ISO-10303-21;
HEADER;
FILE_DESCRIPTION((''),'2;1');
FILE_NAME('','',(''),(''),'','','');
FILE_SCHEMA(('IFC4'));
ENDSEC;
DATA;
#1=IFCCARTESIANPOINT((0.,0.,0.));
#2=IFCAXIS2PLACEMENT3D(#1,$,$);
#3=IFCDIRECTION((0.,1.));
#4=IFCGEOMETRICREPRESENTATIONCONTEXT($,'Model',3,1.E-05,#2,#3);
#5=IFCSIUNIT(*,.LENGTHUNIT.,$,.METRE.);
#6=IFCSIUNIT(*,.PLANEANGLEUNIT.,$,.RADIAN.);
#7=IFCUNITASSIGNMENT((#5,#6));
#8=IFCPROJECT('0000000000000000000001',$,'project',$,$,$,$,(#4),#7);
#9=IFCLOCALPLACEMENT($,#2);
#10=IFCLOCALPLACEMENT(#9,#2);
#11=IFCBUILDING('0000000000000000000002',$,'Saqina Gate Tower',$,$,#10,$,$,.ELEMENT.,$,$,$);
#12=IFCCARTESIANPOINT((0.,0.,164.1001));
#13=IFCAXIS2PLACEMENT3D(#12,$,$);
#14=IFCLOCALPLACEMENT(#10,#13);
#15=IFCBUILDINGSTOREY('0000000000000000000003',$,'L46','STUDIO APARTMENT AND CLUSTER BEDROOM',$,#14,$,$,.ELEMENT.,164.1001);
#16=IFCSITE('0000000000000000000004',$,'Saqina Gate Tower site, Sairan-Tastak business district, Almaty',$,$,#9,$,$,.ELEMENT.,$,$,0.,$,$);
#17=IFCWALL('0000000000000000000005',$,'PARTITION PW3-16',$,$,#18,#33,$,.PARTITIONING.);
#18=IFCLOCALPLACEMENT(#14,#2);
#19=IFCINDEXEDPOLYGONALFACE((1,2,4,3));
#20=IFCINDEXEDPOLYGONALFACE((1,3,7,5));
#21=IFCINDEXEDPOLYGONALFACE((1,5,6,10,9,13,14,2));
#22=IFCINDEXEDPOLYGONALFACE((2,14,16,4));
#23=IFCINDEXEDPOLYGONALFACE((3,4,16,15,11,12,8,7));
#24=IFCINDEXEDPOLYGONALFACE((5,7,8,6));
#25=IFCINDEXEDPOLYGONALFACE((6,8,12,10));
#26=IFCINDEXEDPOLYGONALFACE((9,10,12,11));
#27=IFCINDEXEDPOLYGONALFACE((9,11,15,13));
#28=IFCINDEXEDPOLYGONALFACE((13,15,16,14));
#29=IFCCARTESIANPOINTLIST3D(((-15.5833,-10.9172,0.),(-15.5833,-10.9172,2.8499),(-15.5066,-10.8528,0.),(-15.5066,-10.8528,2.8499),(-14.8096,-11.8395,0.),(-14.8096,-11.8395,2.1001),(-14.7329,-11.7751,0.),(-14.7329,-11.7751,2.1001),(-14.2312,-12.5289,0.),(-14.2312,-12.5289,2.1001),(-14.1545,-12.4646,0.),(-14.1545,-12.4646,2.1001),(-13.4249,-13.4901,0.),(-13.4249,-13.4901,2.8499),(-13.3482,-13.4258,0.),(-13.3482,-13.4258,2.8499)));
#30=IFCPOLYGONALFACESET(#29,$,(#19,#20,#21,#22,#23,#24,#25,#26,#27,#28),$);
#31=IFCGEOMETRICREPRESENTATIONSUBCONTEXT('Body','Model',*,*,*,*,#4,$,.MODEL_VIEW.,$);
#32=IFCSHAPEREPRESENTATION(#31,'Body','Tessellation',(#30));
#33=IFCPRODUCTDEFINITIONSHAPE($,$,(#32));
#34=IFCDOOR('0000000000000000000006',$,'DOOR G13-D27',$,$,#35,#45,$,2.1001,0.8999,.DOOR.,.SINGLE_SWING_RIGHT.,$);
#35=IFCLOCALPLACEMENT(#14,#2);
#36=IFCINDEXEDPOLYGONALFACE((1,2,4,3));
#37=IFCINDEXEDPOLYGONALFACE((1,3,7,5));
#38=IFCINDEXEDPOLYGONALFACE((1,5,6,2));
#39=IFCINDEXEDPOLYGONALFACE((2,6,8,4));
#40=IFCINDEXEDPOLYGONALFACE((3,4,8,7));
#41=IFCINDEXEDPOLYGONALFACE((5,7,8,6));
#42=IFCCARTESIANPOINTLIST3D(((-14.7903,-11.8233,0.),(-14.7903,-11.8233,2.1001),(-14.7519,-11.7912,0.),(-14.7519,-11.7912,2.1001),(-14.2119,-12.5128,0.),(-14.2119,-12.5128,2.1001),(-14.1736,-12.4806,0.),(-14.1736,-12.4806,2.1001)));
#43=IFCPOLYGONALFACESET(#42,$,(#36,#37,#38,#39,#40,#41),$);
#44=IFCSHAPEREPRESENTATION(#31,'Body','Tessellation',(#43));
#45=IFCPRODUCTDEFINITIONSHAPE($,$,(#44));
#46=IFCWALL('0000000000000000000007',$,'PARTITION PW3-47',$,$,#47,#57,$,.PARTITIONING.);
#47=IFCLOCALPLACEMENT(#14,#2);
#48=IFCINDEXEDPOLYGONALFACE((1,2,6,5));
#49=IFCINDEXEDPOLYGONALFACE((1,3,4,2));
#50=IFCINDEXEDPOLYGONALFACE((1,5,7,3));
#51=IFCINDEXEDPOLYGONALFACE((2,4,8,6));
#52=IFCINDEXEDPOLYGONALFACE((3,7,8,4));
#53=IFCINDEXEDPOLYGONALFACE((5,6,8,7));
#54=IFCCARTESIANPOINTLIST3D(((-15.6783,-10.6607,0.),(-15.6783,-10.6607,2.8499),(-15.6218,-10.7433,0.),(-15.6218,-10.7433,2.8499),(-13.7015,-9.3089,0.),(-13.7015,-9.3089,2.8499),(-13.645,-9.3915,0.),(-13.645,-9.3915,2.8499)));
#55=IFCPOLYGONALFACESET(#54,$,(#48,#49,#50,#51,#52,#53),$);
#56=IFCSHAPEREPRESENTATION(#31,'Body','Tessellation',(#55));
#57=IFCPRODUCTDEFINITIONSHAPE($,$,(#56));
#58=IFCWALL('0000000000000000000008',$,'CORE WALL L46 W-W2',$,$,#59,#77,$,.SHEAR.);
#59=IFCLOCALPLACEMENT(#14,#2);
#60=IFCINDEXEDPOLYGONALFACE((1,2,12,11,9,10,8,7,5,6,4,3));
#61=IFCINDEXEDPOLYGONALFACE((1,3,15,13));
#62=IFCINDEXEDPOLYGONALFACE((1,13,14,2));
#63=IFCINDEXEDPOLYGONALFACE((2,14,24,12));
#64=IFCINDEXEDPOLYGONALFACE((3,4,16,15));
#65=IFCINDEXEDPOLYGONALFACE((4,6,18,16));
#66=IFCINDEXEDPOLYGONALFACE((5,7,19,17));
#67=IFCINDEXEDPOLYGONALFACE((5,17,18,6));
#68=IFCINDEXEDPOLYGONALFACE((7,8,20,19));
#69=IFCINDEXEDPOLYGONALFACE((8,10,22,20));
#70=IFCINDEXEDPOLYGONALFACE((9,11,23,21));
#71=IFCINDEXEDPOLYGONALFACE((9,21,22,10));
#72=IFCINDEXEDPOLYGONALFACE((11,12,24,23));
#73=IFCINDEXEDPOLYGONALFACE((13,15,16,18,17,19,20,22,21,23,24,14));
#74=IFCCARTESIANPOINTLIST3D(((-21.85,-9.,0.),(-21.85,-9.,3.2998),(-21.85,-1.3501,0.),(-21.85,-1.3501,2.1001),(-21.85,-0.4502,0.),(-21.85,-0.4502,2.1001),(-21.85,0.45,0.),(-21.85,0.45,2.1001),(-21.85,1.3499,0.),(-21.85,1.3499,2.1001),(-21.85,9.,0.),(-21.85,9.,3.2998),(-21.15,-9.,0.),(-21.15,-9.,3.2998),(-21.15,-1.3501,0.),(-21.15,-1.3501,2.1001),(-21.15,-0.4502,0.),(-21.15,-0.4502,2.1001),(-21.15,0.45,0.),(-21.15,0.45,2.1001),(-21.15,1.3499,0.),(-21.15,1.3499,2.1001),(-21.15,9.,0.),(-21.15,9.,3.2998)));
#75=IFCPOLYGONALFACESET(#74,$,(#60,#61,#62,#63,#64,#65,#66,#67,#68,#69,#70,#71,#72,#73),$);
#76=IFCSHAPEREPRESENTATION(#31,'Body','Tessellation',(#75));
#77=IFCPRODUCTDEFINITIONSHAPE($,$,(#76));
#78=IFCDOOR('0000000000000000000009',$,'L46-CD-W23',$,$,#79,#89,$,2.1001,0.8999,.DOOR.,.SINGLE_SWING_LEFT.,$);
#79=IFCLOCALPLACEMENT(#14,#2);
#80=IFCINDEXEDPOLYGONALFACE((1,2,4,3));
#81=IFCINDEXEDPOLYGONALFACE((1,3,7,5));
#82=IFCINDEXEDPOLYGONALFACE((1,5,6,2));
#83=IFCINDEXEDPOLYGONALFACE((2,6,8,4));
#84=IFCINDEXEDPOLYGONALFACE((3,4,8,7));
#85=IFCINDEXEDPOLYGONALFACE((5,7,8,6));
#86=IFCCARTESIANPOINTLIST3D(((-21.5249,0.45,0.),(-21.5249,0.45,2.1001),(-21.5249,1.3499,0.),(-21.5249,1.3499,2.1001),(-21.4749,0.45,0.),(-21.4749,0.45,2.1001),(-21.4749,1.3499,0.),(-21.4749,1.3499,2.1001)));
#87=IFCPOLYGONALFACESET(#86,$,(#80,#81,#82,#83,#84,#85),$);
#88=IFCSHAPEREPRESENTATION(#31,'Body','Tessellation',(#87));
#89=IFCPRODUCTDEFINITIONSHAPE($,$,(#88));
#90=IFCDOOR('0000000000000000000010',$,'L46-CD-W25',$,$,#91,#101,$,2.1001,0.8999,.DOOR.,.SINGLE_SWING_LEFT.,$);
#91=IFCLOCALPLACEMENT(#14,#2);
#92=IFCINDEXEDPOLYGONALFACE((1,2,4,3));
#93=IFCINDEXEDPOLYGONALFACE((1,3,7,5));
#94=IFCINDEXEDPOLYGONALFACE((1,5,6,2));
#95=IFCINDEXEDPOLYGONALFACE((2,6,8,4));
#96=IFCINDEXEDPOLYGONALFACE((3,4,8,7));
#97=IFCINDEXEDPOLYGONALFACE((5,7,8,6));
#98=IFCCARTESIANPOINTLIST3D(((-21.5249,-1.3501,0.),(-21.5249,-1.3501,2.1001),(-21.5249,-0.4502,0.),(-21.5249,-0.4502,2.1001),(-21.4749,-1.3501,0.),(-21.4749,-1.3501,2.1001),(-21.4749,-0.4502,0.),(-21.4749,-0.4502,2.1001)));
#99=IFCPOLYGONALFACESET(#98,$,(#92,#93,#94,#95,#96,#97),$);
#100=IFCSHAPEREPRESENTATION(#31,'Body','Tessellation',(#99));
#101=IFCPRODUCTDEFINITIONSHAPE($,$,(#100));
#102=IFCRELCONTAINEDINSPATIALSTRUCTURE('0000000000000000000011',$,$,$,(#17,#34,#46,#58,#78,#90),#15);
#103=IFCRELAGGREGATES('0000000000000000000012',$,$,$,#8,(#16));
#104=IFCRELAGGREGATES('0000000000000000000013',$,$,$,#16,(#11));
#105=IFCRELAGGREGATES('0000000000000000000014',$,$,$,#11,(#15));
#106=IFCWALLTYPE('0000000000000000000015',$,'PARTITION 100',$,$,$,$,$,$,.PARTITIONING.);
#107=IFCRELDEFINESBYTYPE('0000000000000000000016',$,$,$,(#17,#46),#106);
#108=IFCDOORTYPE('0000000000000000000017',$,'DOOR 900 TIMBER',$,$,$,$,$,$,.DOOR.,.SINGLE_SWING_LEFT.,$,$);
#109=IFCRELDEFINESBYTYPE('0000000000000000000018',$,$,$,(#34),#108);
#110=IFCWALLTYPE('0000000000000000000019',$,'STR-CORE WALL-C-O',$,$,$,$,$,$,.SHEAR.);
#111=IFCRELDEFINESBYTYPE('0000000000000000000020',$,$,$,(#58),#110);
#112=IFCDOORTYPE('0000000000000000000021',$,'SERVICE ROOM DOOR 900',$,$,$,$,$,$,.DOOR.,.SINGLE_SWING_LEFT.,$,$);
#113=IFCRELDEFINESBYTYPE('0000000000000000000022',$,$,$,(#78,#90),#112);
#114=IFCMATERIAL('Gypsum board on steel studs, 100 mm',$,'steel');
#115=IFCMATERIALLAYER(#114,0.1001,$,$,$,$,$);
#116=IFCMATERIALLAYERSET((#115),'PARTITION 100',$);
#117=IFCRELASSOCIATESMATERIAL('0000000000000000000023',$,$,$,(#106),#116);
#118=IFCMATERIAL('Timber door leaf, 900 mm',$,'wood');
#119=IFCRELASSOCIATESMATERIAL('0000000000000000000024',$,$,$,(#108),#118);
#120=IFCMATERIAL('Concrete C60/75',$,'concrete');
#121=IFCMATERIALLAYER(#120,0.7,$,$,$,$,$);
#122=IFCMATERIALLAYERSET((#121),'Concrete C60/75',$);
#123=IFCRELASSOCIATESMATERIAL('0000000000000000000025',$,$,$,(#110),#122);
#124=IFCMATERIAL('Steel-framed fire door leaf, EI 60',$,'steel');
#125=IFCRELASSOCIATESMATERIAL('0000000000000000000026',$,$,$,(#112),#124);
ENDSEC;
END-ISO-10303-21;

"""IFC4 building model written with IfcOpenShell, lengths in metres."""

from ifc_helpers import new_model, si_unit, direction, frame, frame_2d, origin, place, context, subcontext, project, spatial, rectangle, extrude, material, layer, layer_set, type_object, element, fill, save


model = new_model("IFC4")

# Units and contexts
model_context = context("Model", 3, precision=1e-05, world=origin(), true_north=direction((0.0, 1.0)))
body_context = subcontext(model_context, "Body", "Model", "MODEL_VIEW")
ifc_project = project(units=[si_unit("LENGTHUNIT", "METRE"), si_unit("PLANEANGLEUNIT", "RADIAN")], contexts=[model_context])

# Site, building, storey
site_placement = place(None, origin())
site = spatial("IfcSite", under=ifc_project, at=site_placement, Name="Saqina Gate Tower site, Sairan-Tastak business district, Almaty", CompositionType="ELEMENT", RefElevation=0.0)
building_placement = place(site_placement, origin())
building = spatial("IfcBuilding", under=site, at=building_placement, Name="Saqina Gate Tower", CompositionType="ELEMENT")
storey_placement = place(building_placement, frame((0.0, 0.0, 164.1001)))
storey = spatial("IfcBuildingStorey", under=building, at=storey_placement, Name="L46", Description="STUDIO APARTMENT AND CLUSTER BEDROOM", CompositionType="ELEMENT", Elevation=164.1001)

# Wall, opening, door
ifc_material_1 = material(Name="Gypsum board on steel studs, 100 mm", Category="steel")
ifc_layer_1 = layer(ifc_material_1, 0.1001)
ifc_layer_set_1 = layer_set([ifc_layer_1], Name="PARTITION 100")
wall_type_1 = type_object("IfcWallType", Name="PARTITION 100", PredefinedType="PARTITIONING", material=ifc_layer_set_1)
wall_1_placement = place(storey_placement, frame((-15.5449, -10.885, 0.0), z_axis=(0.0, 0.0, 1.0), x_axis=(0.642691, -0.766126, 0.0)))
wall_1 = element("IfcWall", 1, at=wall_1_placement, inside=storey, type_object=wall_type_1, Name="PARTITION PW3-16", PredefinedType="PARTITIONING", context=body_context, shape_type="SweptSolid", body=[
    extrude(rectangle(XDim=3.3584, YDim=0.1001, at=frame_2d((1.6792, 0.0))), origin(), (0.0, 0.0, 1.0), 2.8499),
])
opening_1_placement = place(wall_1_placement, frame((1.2039, 0.0, 0.0)))
opening_1 = element("IfcOpeningElement", 2, at=opening_1_placement, cuts=wall_1, PredefinedType="OPENING", context=body_context, shape_type="SweptSolid", body=[
    extrude(rectangle(XDim=0.8999, YDim=2.1001, at=frame_2d((0.45, 1.05))), frame((0.0, 0.062, 0.0), z_axis=(0.0, -1.0, 0.0), x_axis=(1.0, 0.0, 0.0)), (0.0, 0.0, 1.0), 0.124),
])
ifc_material_2 = material(Name="Timber door leaf, 900 mm", Category="wood")
door_type_1 = type_object("IfcDoorType", Name="DOOR 900 TIMBER", OperationType="SINGLE_SWING_LEFT", PredefinedType="DOOR", material=ifc_material_2)
door_1_placement = place(opening_1_placement, frame((0.8999, 0.0, 0.0), z_axis=(0.0, 0.0, 1.0), x_axis=(-1.0, 0.0, 0.0)))
door_1 = element("IfcDoor", 3, at=door_1_placement, inside=storey, type_object=door_type_1, Name="DOOR G13-D27", OperationType="SINGLE_SWING_RIGHT", OverallHeight=2.1001, OverallWidth=0.8999, PredefinedType="DOOR", context=body_context, shape_type="SweptSolid", body=[
    extrude(rectangle(XDim=0.8999, YDim=2.1001, at=frame_2d((0.45, 1.05))), frame((0.0, 0.0249, 0.0), z_axis=(0.0, -1.0, 0.0), x_axis=(1.0, 0.0, 0.0)), (0.0, 0.0, 1.0), 0.05),
])
fill(opening_1, door_1)

# Wall
wall_2_placement = place(storey_placement, frame((-15.6499, -10.7019, 0.0), z_axis=(0.0, 0.0, 1.0), x_axis=(0.825452, 0.564472, 0.0)))
element("IfcWall", 4, at=wall_2_placement, inside=storey, type_object=wall_type_1, Name="PARTITION PW3-47", PredefinedType="PARTITIONING", context=body_context, shape_type="SweptSolid", body=[
    extrude(rectangle(XDim=2.3948, YDim=0.1001, at=frame_2d((1.1973, 0.0))), origin(), (0.0, 0.0, 1.0), 2.8499),
])

# Wall, openings, doors
ifc_material_3 = material(Name="Concrete C60/75", Category="concrete")
ifc_layer_2 = layer(ifc_material_3, 0.7)
ifc_layer_set_2 = layer_set([ifc_layer_2], Name="Concrete C60/75")
wall_type_2 = type_object("IfcWallType", Name="STR-CORE WALL-C-O", PredefinedType="SHEAR", material=ifc_layer_set_2)
wall_3_placement = place(storey_placement, frame((-21.5, -9.0, 0.0), z_axis=(0.0, 0.0, 1.0), x_axis=(0.0, 1.0, 0.0)))
wall_3 = element("IfcWall", 5, at=wall_3_placement, inside=storey, type_object=wall_type_2, Name="CORE WALL L46 W-W2", PredefinedType="SHEAR", context=body_context, shape_type="SweptSolid", body=[
    extrude(rectangle(XDim=18.0, YDim=0.7, at=frame_2d((9.0, 0.0))), origin(), (0.0, 0.0, 1.0), 3.2998),
])
opening_2_placement = place(wall_3_placement, frame((9.45, 0.0, 0.0)))
opening_2 = element("IfcOpeningElement", 6, at=opening_2_placement, cuts=wall_3, PredefinedType="OPENING", context=body_context, shape_type="SweptSolid", body=[
    extrude(rectangle(XDim=0.8999, YDim=2.1001, at=frame_2d((0.45, 1.05))), frame((0.0, 0.3621, 0.0), z_axis=(0.0, -1.0, 0.0), x_axis=(1.0, 0.0, 0.0)), (0.0, 0.0, 1.0), 0.7239),
])
opening_3_placement = place(wall_3_placement, frame((7.6499, 0.0, 0.0)))
opening_3 = element("IfcOpeningElement", 7, at=opening_3_placement, cuts=wall_3, PredefinedType="OPENING", context=body_context, shape_type="SweptSolid", body=[
    extrude(rectangle(XDim=0.8999, YDim=2.1001, at=frame_2d((0.45, 1.05))), frame((0.0, 0.3621, 0.0), z_axis=(0.0, -1.0, 0.0), x_axis=(1.0, 0.0, 0.0)), (0.0, 0.0, 1.0), 0.7239),
])
ifc_material_4 = material(Name="Steel-framed fire door leaf, EI 60", Category="steel")
door_type_2 = type_object("IfcDoorType", Name="SERVICE ROOM DOOR 900", OperationType="SINGLE_SWING_LEFT", PredefinedType="DOOR", material=ifc_material_4)
door_2_placement = place(opening_2_placement, origin())
door_2 = element("IfcDoor", 8, at=door_2_placement, inside=storey, type_object=door_type_2, Name="L46-CD-W23", OperationType="SINGLE_SWING_LEFT", OverallHeight=2.1001, OverallWidth=0.8999, PredefinedType="DOOR", context=body_context, shape_type="SweptSolid", body=[
    extrude(rectangle(XDim=0.8999, YDim=2.1001, at=frame_2d((0.45, 1.05))), frame((0.0, 0.0249, 0.0), z_axis=(0.0, -1.0, 0.0), x_axis=(1.0, 0.0, 0.0)), (0.0, 0.0, 1.0), 0.05),
])
fill(opening_2, door_2)
door_3_placement = place(opening_3_placement, origin())
door_3 = element("IfcDoor", 9, at=door_3_placement, inside=storey, type_object=door_type_2, Name="L46-CD-W25", OperationType="SINGLE_SWING_LEFT", OverallHeight=2.1001, OverallWidth=0.8999, PredefinedType="DOOR", context=body_context, shape_type="SweptSolid", body=[
    extrude(rectangle(XDim=0.8999, YDim=2.1001, at=frame_2d((0.45, 1.05))), frame((0.0, 0.0249, 0.0), z_axis=(0.0, -1.0, 0.0), x_axis=(1.0, 0.0, 0.0)), (0.0, 0.0, 1.0), 0.05),
])
fill(opening_3, door_3)

save(model, "model.ifc")
